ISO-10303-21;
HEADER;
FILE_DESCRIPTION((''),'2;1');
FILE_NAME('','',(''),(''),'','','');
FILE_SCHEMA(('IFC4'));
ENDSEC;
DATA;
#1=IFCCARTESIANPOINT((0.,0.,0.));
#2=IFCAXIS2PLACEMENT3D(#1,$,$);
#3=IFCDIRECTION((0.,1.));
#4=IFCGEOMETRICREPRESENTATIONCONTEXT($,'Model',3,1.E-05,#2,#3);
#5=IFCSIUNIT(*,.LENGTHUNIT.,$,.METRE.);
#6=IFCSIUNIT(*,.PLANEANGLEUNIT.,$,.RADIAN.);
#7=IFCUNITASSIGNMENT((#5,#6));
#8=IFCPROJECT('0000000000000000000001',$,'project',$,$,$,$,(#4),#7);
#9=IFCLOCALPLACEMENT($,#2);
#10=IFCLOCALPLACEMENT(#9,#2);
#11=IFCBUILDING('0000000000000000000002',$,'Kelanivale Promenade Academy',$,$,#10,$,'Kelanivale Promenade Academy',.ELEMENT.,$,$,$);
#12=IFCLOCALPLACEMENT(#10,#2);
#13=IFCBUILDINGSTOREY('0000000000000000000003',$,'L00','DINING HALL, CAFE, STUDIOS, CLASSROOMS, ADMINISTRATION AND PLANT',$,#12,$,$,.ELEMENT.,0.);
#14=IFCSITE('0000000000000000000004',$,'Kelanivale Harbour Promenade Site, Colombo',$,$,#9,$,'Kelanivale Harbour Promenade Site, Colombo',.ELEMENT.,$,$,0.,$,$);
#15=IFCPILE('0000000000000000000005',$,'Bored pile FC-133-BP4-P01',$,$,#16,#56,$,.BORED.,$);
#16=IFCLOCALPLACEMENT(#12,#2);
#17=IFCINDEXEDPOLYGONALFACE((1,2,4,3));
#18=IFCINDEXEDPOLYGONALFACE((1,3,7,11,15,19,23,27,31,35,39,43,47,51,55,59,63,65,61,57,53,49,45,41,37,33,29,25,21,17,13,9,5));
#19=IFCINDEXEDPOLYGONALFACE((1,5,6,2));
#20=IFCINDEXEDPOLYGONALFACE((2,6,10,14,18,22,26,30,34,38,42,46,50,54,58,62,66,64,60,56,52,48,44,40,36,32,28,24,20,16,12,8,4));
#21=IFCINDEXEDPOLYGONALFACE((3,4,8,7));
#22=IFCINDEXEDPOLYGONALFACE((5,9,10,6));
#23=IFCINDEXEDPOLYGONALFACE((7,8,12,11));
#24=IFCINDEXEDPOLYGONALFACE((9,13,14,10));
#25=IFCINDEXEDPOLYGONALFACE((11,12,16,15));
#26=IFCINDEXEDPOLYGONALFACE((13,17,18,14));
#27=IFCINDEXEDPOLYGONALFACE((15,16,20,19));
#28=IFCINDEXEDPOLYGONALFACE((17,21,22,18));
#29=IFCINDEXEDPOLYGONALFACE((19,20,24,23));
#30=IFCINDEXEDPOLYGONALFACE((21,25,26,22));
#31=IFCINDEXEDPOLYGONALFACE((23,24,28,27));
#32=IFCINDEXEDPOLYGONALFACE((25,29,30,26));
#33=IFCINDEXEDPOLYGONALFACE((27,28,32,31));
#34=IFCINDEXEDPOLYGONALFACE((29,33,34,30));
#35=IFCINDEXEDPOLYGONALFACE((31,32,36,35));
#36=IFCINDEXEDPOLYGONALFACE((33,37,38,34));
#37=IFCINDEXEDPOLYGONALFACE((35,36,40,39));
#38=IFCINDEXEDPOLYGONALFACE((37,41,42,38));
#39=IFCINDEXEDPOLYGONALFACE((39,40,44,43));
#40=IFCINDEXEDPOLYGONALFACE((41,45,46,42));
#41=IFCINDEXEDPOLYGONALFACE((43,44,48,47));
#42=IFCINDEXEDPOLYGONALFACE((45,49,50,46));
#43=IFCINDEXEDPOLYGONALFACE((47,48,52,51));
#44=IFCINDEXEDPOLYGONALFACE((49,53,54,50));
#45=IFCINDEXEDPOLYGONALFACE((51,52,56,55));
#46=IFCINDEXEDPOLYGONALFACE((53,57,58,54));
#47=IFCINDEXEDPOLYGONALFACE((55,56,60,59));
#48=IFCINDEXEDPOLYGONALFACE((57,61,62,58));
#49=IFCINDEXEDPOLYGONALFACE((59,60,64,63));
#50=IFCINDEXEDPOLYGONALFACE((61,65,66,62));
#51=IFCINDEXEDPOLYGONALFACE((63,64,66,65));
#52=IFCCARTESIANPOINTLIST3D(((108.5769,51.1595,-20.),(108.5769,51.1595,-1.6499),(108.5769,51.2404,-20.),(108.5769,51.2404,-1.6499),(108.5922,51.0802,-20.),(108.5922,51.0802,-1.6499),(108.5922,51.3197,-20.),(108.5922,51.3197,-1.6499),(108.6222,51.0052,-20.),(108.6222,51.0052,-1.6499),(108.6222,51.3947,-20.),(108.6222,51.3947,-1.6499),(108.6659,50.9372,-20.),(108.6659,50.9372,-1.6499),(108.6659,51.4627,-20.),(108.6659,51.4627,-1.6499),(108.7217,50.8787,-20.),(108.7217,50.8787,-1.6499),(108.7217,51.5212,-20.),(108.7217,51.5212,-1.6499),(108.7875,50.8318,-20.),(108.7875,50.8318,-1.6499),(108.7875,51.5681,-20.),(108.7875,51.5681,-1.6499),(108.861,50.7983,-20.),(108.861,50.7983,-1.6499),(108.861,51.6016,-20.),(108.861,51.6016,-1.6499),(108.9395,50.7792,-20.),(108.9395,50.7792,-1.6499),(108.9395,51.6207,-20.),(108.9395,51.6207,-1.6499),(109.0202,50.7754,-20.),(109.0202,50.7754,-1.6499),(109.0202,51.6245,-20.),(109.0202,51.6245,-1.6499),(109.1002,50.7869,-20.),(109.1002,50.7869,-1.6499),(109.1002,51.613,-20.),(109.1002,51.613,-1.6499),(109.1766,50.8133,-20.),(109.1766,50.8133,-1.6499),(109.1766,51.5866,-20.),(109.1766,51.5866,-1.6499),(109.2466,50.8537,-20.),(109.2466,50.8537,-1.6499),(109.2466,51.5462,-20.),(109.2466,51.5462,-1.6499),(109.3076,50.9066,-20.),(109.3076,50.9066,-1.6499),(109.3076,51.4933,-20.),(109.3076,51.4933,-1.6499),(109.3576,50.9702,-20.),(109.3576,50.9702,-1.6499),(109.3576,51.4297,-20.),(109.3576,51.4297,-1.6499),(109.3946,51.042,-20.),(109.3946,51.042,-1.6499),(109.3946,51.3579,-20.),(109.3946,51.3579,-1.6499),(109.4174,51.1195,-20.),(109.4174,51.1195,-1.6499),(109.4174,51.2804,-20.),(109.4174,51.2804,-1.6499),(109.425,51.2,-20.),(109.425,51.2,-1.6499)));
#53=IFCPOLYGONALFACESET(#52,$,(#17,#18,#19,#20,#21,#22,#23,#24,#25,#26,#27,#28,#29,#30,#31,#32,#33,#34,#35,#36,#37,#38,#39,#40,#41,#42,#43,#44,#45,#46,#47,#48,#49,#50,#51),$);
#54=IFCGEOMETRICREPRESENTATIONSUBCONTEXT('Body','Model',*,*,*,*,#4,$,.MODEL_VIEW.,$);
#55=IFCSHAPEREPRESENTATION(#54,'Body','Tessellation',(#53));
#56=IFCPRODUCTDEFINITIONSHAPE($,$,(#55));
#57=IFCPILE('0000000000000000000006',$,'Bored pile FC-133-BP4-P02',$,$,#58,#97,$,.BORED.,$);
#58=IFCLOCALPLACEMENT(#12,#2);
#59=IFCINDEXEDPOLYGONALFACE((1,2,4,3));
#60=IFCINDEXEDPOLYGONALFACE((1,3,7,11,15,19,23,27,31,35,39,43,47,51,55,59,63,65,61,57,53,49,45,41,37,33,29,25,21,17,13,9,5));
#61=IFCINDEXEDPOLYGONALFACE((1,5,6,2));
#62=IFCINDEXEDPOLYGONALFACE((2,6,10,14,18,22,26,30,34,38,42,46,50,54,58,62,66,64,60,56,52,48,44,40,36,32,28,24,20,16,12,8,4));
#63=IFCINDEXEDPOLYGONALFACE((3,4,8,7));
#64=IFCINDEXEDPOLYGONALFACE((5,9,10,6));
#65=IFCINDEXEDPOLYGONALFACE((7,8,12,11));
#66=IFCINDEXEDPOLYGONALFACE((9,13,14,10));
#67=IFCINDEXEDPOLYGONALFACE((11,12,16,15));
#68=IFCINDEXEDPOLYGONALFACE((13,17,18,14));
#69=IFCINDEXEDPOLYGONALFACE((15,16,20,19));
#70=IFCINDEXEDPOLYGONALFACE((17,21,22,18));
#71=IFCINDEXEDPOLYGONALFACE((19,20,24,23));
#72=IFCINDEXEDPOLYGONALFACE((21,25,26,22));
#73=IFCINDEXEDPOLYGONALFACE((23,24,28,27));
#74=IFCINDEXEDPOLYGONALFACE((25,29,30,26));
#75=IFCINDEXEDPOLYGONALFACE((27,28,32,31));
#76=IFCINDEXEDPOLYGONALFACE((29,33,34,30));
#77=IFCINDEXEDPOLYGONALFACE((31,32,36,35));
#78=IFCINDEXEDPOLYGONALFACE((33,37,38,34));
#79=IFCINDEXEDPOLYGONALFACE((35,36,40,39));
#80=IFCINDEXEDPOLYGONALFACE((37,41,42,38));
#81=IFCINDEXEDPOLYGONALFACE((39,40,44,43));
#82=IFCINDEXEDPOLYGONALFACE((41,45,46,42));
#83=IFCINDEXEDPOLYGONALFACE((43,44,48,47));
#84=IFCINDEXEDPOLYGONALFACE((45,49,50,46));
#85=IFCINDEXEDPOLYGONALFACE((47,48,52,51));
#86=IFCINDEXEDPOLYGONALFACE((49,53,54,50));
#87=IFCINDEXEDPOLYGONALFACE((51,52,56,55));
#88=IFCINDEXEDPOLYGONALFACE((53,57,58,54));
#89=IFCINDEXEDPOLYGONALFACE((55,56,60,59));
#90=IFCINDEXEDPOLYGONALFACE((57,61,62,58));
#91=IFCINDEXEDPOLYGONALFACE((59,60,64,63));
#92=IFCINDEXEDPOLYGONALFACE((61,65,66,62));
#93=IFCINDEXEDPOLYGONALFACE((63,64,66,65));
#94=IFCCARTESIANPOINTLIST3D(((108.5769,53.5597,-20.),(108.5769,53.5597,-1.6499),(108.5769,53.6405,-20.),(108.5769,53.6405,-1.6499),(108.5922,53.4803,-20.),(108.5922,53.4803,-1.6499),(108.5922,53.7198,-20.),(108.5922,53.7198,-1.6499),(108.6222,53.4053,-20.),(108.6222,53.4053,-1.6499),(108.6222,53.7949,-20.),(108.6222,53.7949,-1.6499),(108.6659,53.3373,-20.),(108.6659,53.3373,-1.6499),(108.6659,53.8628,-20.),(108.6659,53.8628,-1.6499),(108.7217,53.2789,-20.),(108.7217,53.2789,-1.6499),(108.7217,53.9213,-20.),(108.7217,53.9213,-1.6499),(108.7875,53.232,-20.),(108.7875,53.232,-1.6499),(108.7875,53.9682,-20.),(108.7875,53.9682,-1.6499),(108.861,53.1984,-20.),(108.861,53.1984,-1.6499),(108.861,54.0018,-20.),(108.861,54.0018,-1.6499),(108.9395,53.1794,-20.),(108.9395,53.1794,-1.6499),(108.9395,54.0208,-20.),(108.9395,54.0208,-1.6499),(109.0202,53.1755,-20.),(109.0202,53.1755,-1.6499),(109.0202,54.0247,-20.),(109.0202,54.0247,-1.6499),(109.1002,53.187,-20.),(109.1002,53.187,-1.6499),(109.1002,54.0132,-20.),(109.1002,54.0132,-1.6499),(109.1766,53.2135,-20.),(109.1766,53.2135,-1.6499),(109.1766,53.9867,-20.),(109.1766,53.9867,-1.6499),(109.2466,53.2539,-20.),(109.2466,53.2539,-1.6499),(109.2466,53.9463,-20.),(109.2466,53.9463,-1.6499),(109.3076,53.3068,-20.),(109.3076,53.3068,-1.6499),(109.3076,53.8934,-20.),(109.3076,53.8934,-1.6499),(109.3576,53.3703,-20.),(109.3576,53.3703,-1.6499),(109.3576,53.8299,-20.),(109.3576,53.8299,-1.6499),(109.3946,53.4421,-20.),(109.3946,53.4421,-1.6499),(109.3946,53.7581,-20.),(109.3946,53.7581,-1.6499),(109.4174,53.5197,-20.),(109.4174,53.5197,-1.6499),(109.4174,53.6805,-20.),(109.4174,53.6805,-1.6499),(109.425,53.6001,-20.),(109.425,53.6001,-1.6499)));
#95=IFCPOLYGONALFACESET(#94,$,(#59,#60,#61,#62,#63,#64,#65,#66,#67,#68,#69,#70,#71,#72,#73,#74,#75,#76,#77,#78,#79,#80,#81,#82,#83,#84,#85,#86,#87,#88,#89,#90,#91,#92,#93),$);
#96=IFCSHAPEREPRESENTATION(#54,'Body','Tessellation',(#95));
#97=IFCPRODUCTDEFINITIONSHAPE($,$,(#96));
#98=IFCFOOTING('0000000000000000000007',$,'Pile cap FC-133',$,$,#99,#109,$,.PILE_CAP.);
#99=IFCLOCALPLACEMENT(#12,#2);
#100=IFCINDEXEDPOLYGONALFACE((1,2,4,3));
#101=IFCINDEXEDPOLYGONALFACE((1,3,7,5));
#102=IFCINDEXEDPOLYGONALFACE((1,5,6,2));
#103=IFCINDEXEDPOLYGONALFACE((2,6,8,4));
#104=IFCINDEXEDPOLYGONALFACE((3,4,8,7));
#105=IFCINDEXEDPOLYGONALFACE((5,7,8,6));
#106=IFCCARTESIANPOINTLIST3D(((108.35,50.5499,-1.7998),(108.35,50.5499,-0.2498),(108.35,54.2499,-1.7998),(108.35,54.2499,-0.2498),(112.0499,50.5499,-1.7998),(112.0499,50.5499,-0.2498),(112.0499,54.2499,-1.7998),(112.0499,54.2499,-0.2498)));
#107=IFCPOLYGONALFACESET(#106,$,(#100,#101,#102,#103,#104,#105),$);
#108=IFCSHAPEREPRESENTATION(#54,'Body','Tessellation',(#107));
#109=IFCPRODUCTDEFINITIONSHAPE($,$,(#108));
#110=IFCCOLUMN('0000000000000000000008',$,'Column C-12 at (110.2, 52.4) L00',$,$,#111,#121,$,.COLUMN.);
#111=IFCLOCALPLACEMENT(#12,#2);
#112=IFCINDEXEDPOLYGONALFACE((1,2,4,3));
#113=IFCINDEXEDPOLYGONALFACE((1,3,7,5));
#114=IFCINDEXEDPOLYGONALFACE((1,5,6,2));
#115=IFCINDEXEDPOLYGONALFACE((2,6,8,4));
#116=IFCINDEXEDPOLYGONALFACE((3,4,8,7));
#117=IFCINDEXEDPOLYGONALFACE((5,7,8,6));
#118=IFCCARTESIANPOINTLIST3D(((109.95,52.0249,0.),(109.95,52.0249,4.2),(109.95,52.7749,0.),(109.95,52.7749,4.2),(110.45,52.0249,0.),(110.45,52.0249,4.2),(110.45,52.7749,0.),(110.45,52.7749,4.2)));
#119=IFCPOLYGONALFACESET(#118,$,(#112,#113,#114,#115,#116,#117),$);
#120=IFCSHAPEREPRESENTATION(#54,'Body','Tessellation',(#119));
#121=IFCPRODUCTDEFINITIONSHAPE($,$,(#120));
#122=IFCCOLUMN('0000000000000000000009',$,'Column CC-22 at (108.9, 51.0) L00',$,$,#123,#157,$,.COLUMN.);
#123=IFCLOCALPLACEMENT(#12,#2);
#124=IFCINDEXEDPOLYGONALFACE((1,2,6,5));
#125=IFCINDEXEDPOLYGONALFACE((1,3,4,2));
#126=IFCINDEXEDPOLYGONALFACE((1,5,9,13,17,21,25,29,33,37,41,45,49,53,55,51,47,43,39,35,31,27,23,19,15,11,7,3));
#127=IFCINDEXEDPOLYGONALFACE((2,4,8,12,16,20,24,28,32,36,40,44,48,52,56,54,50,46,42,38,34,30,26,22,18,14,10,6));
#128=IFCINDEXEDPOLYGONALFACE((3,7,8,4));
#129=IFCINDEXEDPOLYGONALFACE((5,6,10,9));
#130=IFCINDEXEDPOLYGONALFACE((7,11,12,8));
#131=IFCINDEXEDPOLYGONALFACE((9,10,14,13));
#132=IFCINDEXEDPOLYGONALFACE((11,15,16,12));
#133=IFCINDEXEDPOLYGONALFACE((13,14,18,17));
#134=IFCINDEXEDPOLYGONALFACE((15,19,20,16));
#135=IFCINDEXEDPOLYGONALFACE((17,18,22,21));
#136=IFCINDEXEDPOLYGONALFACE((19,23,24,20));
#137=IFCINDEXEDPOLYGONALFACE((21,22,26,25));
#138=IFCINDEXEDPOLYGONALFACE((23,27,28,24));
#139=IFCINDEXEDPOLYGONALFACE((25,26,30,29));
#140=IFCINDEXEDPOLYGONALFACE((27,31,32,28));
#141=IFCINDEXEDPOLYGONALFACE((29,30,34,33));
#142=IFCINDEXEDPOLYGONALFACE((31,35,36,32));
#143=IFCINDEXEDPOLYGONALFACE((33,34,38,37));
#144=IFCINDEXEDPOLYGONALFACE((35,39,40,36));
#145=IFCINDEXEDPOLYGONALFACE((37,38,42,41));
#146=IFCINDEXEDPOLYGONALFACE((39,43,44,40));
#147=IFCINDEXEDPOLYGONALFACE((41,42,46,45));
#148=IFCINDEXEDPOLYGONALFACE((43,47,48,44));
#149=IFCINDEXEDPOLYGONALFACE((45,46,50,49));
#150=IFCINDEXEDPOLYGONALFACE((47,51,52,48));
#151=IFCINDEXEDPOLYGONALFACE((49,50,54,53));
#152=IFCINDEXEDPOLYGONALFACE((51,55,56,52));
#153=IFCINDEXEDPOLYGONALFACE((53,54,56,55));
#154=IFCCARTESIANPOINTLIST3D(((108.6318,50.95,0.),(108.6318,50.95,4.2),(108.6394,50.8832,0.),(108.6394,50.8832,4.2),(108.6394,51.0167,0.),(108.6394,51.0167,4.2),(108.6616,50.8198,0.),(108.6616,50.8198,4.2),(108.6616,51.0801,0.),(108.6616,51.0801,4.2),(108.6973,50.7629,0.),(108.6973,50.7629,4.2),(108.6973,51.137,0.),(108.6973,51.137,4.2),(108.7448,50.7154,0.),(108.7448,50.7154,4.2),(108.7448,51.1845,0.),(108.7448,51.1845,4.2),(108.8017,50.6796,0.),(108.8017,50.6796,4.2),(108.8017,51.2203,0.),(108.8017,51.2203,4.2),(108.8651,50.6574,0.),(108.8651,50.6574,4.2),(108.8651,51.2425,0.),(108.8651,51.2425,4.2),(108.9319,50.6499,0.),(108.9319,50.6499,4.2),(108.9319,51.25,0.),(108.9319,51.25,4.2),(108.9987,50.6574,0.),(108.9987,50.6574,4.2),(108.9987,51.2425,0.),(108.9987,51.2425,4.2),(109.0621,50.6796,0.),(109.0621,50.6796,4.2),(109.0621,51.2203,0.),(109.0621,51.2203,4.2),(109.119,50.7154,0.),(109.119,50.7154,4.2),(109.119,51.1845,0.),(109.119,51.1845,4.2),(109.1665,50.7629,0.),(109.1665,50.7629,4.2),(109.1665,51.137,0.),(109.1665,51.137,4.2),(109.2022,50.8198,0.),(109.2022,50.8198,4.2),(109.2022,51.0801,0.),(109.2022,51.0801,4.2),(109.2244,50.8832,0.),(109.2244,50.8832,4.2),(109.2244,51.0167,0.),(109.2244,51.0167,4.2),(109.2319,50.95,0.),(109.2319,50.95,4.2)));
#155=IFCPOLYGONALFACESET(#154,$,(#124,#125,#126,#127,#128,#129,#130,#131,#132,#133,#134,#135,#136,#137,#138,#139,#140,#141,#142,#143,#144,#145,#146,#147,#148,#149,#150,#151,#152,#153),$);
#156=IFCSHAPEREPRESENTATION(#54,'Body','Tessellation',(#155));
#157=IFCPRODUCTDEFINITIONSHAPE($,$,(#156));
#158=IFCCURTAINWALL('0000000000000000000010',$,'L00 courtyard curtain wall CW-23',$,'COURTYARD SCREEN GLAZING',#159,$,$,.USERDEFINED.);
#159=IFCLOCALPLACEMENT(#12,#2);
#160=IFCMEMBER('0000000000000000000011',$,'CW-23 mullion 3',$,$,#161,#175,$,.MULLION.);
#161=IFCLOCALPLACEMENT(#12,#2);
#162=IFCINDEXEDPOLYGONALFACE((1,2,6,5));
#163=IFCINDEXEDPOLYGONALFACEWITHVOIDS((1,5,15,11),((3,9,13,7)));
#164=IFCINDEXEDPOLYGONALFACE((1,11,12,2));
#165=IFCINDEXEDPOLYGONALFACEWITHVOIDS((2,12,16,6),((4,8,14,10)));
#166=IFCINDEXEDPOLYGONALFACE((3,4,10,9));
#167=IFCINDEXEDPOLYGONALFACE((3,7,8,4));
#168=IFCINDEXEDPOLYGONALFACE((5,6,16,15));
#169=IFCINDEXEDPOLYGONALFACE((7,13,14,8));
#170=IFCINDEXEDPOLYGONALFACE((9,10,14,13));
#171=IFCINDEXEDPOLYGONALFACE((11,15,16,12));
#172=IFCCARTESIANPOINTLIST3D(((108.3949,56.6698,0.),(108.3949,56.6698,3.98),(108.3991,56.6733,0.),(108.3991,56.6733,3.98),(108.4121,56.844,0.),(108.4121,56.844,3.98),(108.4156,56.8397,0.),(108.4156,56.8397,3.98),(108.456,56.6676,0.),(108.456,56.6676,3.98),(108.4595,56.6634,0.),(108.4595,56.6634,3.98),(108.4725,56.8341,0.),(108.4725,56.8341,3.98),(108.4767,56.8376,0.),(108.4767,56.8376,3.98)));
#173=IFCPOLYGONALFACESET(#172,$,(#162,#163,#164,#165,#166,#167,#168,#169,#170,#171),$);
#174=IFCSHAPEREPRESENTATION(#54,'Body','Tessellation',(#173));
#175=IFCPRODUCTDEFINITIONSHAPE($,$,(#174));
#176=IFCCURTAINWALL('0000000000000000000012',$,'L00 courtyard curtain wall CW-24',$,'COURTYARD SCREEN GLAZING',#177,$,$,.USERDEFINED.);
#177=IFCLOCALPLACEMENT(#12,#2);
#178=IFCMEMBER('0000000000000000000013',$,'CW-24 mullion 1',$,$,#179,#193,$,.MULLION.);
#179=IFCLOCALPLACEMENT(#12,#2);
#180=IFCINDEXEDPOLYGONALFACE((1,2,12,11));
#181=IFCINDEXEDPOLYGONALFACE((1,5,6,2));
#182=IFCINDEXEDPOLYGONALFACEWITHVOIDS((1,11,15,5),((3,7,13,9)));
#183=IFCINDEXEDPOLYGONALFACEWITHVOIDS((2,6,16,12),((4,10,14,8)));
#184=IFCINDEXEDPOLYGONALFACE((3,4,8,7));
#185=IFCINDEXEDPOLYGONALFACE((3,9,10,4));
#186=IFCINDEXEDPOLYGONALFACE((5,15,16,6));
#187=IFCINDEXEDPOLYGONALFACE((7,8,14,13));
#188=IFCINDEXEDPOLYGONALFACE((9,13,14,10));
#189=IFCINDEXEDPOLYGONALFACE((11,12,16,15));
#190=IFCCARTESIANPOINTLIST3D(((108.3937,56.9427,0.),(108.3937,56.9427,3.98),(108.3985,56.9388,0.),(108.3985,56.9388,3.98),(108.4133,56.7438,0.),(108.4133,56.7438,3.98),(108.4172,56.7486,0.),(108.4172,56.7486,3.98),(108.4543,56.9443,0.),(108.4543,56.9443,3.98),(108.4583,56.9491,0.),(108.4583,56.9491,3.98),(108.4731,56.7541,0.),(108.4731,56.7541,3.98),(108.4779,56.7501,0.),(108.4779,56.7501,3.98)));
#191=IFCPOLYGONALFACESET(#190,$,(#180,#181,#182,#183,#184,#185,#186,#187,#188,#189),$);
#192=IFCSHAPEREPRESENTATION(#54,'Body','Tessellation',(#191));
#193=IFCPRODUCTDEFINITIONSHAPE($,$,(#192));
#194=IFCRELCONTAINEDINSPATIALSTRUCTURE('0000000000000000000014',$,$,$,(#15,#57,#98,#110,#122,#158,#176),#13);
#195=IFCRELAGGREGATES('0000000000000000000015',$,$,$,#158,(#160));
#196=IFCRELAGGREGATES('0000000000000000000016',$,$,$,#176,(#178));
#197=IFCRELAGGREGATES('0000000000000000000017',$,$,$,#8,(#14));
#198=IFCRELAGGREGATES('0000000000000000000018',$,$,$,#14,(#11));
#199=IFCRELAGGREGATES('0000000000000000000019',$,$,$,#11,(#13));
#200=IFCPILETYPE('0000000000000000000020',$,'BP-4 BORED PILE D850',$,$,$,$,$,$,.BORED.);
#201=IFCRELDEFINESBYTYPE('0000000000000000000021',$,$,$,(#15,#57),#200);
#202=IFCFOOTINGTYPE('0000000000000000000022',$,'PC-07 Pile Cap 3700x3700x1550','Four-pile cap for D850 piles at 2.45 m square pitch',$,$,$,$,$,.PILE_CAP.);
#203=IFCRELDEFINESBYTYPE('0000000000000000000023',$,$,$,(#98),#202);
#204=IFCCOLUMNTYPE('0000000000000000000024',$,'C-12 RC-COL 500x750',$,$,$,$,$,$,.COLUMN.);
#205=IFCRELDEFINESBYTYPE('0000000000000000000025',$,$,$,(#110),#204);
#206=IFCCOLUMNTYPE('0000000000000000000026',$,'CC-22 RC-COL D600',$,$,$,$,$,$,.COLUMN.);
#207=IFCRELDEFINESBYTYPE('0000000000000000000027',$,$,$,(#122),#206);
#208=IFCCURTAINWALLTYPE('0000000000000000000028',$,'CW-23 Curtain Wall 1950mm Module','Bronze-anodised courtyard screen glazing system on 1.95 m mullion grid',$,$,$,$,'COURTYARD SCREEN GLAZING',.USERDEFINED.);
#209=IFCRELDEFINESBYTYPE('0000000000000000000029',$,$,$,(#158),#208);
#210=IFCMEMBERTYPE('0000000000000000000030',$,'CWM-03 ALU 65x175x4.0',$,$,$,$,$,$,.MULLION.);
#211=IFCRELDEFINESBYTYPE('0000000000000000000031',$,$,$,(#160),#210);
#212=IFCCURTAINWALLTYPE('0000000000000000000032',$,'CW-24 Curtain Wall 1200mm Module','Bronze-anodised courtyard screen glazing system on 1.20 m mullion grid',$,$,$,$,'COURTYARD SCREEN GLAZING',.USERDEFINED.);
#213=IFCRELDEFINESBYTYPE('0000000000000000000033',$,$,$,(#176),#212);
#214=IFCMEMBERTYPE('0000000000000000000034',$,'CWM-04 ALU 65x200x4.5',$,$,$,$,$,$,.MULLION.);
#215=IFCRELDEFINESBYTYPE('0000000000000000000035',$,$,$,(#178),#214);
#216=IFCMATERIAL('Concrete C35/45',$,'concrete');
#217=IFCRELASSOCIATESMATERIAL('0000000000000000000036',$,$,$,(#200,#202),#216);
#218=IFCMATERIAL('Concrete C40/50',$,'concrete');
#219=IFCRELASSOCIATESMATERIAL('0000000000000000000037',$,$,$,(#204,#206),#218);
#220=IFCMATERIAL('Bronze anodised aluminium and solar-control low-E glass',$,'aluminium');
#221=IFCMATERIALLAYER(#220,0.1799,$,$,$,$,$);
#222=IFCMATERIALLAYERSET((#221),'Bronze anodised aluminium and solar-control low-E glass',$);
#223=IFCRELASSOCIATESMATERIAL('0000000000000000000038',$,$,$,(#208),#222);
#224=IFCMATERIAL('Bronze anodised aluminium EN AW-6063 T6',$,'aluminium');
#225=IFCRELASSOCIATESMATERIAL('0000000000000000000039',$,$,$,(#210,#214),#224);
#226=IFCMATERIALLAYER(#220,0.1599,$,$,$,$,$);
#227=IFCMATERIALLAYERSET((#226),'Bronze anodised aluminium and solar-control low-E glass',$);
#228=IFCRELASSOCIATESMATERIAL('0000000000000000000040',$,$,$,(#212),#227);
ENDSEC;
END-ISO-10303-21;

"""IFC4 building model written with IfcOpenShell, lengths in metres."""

from ifc_helpers import new_model, si_unit, direction, frame, origin, origin_2d, place, context, subcontext, project, spatial, rectangle, hollow_rectangle, circle, extrude, material, layer, layer_set, material_profile, profile_set, type_object, element, aggregate, save


model = new_model("IFC4")

# Units and contexts
model_context = context("Model", 3, precision=1e-05, world=origin(), true_north=direction((0.0, 1.0)))
body_context = subcontext(model_context, "Body", "Model", "MODEL_VIEW")
ifc_project = project(units=[si_unit("LENGTHUNIT", "METRE"), si_unit("PLANEANGLEUNIT", "RADIAN")], contexts=[model_context])

# Site, building, storey
site_placement = place(None, origin())
site = spatial("IfcSite", under=ifc_project, at=site_placement, Name="Kelanivale Harbour Promenade Site, Colombo", LongName="Kelanivale Harbour Promenade Site, Colombo", CompositionType="ELEMENT", RefElevation=0.0)
building_placement = place(site_placement, origin())
building = spatial("IfcBuilding", under=site, at=building_placement, Name="Kelanivale Promenade Academy", LongName="Kelanivale Promenade Academy", CompositionType="ELEMENT")
storey_placement = place(building_placement, origin())
storey = spatial("IfcBuildingStorey", under=building, at=storey_placement, Name="L00", Description="DINING HALL, CAFE, STUDIOS, CLASSROOMS, ADMINISTRATION AND PLANT", CompositionType="ELEMENT", Elevation=0.0)

# Piles
ifc_material_1 = material(Name="Concrete C35/45", Category="concrete")
ifc_material_profile_1 = material_profile(ifc_material_1, circle(Radius=0.425, at=origin_2d()), Name="BORED PILE D850")
ifc_profile_set_1 = profile_set([ifc_material_profile_1], Name="Concrete C35/45")
pile_type = type_object("IfcPileType", Name="BP-4 BORED PILE D850", PredefinedType="BORED", material=ifc_profile_set_1)
for number, where, z_axis, x_axis, name in (
    (1, (109.0, 51.2, -1.6499), (0.0, 0.0, -1.0), (1.0, 0.0, 0.0), "Bored pile FC-133-BP4-P01"),
    (2, (109.0, 53.6001, -1.6499), (0.0, 0.0, -1.0), (1.0, 0.0, 0.0), "Bored pile FC-133-BP4-P02"),
):
    element("IfcPile", number, at=place(storey_placement, frame(where, z_axis=z_axis, x_axis=x_axis)), inside=storey, type_object=pile_type, Name=name, PredefinedType="BORED", context=body_context, shape_type="SweptSolid", body=[
        extrude(circle(Radius=0.425, at=origin_2d()), origin(), (0.0, 0.0, 1.0), 18.3501),
    ])

# Footing
footing_type = type_object("IfcFootingType", Name="PC-07 Pile Cap 3700x3700x1550", Description="Four-pile cap for D850 piles at 2.45 m square pitch", PredefinedType="PILE_CAP", material=ifc_material_1)
footing_placement = place(storey_placement, frame((110.2, 52.3999, -1.7998), z_axis=(0.0, 0.0, 1.0), x_axis=(1.0, 0.0, 0.0)))
element("IfcFooting", 3, at=footing_placement, inside=storey, type_object=footing_type, Name="Pile cap FC-133", PredefinedType="PILE_CAP", context=body_context, shape_type="SweptSolid", body=[
    extrude(rectangle(XDim=3.7, YDim=3.7, at=origin_2d()), origin(), (0.0, 0.0, 1.0), 1.55),
])

# Columns
ifc_material_2 = material(Name="Concrete C40/50", Category="concrete")
ifc_material_profile_2 = material_profile(ifc_material_2, rectangle(XDim=0.5, YDim=0.75, at=origin_2d()), Name="RC-COL 500x750")
ifc_profile_set_2 = profile_set([ifc_material_profile_2], Name="Concrete C40/50")
column_type_1 = type_object("IfcColumnType", Name="C-12 RC-COL 500x750", PredefinedType="COLUMN", material=ifc_profile_set_2)
column_1_placement = place(storey_placement, frame((110.2, 52.3999, 0.0), z_axis=(0.0, 0.0, 1.0), x_axis=(1.0, 0.0, 0.0)))
element("IfcColumn", 4, at=column_1_placement, inside=storey, type_object=column_type_1, Name="Column C-12 at (110.2, 52.4) L00", PredefinedType="COLUMN", context=body_context, shape_type="SweptSolid", body=[
    extrude(rectangle(XDim=0.5, YDim=0.75, at=origin_2d()), origin(), (0.0, 0.0, 1.0), 4.2),
])
ifc_material_profile_3 = material_profile(ifc_material_2, circle(Radius=0.3, at=origin_2d()), Name="RC-COL D600")
ifc_profile_set_3 = profile_set([ifc_material_profile_3], Name="Concrete C40/50")
column_type_2 = type_object("IfcColumnType", Name="CC-22 RC-COL D600", PredefinedType="COLUMN", material=ifc_profile_set_3)
column_2_placement = place(storey_placement, frame((108.9319, 50.95, 0.0), z_axis=(0.0, 0.0, 1.0), x_axis=(1.0, 0.0, 0.0)))
element("IfcColumn", 5, at=column_2_placement, inside=storey, type_object=column_type_2, Name="Column CC-22 at (108.9, 51.0) L00", PredefinedType="COLUMN", context=body_context, shape_type="SweptSolid", body=[
    extrude(circle(Radius=0.3, at=origin_2d()), origin(), (0.0, 0.0, 1.0), 4.2),
])

# Curtain walls, members
ifc_material_3 = material(Name="Bronze anodised aluminium and solar-control low-E glass", Category="aluminium")
ifc_layer_1 = layer(ifc_material_3, 0.1799)
ifc_layer_set_1 = layer_set([ifc_layer_1], Name="Bronze anodised aluminium and solar-control low-E glass")
curtain_wall_type_1 = type_object("IfcCurtainWallType", Name="CW-23 Curtain Wall 1950mm Module", Description="Bronze-anodised courtyard screen glazing system on 1.95 m mullion grid", ElementType="COURTYARD SCREEN GLAZING", PredefinedType="USERDEFINED", material=ifc_layer_set_1)
curtain_wall_1_placement = place(storey_placement, origin())
curtain_wall_1 = element("IfcCurtainWall", 6, at=curtain_wall_1_placement, inside=storey, type_object=curtain_wall_type_1, Name="L00 courtyard curtain wall CW-23", ObjectType="COURTYARD SCREEN GLAZING", PredefinedType="USERDEFINED")
ifc_material_4 = material(Name="Bronze anodised aluminium EN AW-6063 T6", Category="aluminium")
ifc_material_profile_4 = material_profile(ifc_material_4, hollow_rectangle(XDim=0.0649, YDim=0.175, WallThickness=0.0039, at=origin_2d()), Name="ALU 65x175x4.0")
ifc_profile_set_4 = profile_set([ifc_material_profile_4], Name="Bronze anodised aluminium EN AW-6063 T6")
member_type_1 = type_object("IfcMemberType", Name="CWM-03 ALU 65x175x4.0", PredefinedType="MULLION", material=ifc_profile_set_4)
member_1_placement = place(storey_placement, frame((108.4358, 56.7537, 0.0), z_axis=(0.0, 0.0, 1.0), x_axis=(-0.995133, 0.098539, 0.0)))
member_1 = element("IfcMember", 7, at=member_1_placement, type_object=member_type_1, Name="CW-23 mullion 3", PredefinedType="MULLION", context=body_context, shape_type="SweptSolid", body=[
    extrude(hollow_rectangle(XDim=0.0649, YDim=0.175, WallThickness=0.0039, at=origin_2d()), origin(), (0.0, 0.0, 1.0), 3.98),
])
ifc_layer_2 = layer(ifc_material_3, 0.1599)
ifc_layer_set_2 = layer_set([ifc_layer_2], Name="Bronze anodised aluminium and solar-control low-E glass")
curtain_wall_type_2 = type_object("IfcCurtainWallType", Name="CW-24 Curtain Wall 1200mm Module", Description="Bronze-anodised courtyard screen glazing system on 1.20 m mullion grid", ElementType="COURTYARD SCREEN GLAZING", PredefinedType="USERDEFINED", material=ifc_layer_set_2)
curtain_wall_2_placement = place(storey_placement, origin())
curtain_wall_2 = element("IfcCurtainWall", 8, at=curtain_wall_2_placement, inside=storey, type_object=curtain_wall_type_2, Name="L00 courtyard curtain wall CW-24", ObjectType="COURTYARD SCREEN GLAZING", PredefinedType="USERDEFINED")
ifc_material_profile_5 = material_profile(ifc_material_4, hollow_rectangle(XDim=0.0649, YDim=0.2, WallThickness=0.0044, at=origin_2d()), Name="ALU 65x200x4.5")
ifc_profile_set_5 = profile_set([ifc_material_profile_5], Name="Bronze anodised aluminium EN AW-6063 T6")
member_type_2 = type_object("IfcMemberType", Name="CWM-04 ALU 65x200x4.5", PredefinedType="MULLION", material=ifc_profile_set_5)
member_2_placement = place(storey_placement, frame((108.4358, 56.8464, 0.0), z_axis=(0.0, 0.0, 1.0), x_axis=(-0.995159, -0.098281, 0.0)))
member_2 = element("IfcMember", 9, at=member_2_placement, type_object=member_type_2, Name="CW-24 mullion 1", PredefinedType="MULLION", context=body_context, shape_type="SweptSolid", body=[
    extrude(hollow_rectangle(XDim=0.0649, YDim=0.2, WallThickness=0.0044, at=origin_2d()), origin(), (0.0, 0.0, 1.0), 3.98),
])

aggregate(curtain_wall_1, [member_1])
aggregate(curtain_wall_2, [member_2])

save(model, "model.ifc")
